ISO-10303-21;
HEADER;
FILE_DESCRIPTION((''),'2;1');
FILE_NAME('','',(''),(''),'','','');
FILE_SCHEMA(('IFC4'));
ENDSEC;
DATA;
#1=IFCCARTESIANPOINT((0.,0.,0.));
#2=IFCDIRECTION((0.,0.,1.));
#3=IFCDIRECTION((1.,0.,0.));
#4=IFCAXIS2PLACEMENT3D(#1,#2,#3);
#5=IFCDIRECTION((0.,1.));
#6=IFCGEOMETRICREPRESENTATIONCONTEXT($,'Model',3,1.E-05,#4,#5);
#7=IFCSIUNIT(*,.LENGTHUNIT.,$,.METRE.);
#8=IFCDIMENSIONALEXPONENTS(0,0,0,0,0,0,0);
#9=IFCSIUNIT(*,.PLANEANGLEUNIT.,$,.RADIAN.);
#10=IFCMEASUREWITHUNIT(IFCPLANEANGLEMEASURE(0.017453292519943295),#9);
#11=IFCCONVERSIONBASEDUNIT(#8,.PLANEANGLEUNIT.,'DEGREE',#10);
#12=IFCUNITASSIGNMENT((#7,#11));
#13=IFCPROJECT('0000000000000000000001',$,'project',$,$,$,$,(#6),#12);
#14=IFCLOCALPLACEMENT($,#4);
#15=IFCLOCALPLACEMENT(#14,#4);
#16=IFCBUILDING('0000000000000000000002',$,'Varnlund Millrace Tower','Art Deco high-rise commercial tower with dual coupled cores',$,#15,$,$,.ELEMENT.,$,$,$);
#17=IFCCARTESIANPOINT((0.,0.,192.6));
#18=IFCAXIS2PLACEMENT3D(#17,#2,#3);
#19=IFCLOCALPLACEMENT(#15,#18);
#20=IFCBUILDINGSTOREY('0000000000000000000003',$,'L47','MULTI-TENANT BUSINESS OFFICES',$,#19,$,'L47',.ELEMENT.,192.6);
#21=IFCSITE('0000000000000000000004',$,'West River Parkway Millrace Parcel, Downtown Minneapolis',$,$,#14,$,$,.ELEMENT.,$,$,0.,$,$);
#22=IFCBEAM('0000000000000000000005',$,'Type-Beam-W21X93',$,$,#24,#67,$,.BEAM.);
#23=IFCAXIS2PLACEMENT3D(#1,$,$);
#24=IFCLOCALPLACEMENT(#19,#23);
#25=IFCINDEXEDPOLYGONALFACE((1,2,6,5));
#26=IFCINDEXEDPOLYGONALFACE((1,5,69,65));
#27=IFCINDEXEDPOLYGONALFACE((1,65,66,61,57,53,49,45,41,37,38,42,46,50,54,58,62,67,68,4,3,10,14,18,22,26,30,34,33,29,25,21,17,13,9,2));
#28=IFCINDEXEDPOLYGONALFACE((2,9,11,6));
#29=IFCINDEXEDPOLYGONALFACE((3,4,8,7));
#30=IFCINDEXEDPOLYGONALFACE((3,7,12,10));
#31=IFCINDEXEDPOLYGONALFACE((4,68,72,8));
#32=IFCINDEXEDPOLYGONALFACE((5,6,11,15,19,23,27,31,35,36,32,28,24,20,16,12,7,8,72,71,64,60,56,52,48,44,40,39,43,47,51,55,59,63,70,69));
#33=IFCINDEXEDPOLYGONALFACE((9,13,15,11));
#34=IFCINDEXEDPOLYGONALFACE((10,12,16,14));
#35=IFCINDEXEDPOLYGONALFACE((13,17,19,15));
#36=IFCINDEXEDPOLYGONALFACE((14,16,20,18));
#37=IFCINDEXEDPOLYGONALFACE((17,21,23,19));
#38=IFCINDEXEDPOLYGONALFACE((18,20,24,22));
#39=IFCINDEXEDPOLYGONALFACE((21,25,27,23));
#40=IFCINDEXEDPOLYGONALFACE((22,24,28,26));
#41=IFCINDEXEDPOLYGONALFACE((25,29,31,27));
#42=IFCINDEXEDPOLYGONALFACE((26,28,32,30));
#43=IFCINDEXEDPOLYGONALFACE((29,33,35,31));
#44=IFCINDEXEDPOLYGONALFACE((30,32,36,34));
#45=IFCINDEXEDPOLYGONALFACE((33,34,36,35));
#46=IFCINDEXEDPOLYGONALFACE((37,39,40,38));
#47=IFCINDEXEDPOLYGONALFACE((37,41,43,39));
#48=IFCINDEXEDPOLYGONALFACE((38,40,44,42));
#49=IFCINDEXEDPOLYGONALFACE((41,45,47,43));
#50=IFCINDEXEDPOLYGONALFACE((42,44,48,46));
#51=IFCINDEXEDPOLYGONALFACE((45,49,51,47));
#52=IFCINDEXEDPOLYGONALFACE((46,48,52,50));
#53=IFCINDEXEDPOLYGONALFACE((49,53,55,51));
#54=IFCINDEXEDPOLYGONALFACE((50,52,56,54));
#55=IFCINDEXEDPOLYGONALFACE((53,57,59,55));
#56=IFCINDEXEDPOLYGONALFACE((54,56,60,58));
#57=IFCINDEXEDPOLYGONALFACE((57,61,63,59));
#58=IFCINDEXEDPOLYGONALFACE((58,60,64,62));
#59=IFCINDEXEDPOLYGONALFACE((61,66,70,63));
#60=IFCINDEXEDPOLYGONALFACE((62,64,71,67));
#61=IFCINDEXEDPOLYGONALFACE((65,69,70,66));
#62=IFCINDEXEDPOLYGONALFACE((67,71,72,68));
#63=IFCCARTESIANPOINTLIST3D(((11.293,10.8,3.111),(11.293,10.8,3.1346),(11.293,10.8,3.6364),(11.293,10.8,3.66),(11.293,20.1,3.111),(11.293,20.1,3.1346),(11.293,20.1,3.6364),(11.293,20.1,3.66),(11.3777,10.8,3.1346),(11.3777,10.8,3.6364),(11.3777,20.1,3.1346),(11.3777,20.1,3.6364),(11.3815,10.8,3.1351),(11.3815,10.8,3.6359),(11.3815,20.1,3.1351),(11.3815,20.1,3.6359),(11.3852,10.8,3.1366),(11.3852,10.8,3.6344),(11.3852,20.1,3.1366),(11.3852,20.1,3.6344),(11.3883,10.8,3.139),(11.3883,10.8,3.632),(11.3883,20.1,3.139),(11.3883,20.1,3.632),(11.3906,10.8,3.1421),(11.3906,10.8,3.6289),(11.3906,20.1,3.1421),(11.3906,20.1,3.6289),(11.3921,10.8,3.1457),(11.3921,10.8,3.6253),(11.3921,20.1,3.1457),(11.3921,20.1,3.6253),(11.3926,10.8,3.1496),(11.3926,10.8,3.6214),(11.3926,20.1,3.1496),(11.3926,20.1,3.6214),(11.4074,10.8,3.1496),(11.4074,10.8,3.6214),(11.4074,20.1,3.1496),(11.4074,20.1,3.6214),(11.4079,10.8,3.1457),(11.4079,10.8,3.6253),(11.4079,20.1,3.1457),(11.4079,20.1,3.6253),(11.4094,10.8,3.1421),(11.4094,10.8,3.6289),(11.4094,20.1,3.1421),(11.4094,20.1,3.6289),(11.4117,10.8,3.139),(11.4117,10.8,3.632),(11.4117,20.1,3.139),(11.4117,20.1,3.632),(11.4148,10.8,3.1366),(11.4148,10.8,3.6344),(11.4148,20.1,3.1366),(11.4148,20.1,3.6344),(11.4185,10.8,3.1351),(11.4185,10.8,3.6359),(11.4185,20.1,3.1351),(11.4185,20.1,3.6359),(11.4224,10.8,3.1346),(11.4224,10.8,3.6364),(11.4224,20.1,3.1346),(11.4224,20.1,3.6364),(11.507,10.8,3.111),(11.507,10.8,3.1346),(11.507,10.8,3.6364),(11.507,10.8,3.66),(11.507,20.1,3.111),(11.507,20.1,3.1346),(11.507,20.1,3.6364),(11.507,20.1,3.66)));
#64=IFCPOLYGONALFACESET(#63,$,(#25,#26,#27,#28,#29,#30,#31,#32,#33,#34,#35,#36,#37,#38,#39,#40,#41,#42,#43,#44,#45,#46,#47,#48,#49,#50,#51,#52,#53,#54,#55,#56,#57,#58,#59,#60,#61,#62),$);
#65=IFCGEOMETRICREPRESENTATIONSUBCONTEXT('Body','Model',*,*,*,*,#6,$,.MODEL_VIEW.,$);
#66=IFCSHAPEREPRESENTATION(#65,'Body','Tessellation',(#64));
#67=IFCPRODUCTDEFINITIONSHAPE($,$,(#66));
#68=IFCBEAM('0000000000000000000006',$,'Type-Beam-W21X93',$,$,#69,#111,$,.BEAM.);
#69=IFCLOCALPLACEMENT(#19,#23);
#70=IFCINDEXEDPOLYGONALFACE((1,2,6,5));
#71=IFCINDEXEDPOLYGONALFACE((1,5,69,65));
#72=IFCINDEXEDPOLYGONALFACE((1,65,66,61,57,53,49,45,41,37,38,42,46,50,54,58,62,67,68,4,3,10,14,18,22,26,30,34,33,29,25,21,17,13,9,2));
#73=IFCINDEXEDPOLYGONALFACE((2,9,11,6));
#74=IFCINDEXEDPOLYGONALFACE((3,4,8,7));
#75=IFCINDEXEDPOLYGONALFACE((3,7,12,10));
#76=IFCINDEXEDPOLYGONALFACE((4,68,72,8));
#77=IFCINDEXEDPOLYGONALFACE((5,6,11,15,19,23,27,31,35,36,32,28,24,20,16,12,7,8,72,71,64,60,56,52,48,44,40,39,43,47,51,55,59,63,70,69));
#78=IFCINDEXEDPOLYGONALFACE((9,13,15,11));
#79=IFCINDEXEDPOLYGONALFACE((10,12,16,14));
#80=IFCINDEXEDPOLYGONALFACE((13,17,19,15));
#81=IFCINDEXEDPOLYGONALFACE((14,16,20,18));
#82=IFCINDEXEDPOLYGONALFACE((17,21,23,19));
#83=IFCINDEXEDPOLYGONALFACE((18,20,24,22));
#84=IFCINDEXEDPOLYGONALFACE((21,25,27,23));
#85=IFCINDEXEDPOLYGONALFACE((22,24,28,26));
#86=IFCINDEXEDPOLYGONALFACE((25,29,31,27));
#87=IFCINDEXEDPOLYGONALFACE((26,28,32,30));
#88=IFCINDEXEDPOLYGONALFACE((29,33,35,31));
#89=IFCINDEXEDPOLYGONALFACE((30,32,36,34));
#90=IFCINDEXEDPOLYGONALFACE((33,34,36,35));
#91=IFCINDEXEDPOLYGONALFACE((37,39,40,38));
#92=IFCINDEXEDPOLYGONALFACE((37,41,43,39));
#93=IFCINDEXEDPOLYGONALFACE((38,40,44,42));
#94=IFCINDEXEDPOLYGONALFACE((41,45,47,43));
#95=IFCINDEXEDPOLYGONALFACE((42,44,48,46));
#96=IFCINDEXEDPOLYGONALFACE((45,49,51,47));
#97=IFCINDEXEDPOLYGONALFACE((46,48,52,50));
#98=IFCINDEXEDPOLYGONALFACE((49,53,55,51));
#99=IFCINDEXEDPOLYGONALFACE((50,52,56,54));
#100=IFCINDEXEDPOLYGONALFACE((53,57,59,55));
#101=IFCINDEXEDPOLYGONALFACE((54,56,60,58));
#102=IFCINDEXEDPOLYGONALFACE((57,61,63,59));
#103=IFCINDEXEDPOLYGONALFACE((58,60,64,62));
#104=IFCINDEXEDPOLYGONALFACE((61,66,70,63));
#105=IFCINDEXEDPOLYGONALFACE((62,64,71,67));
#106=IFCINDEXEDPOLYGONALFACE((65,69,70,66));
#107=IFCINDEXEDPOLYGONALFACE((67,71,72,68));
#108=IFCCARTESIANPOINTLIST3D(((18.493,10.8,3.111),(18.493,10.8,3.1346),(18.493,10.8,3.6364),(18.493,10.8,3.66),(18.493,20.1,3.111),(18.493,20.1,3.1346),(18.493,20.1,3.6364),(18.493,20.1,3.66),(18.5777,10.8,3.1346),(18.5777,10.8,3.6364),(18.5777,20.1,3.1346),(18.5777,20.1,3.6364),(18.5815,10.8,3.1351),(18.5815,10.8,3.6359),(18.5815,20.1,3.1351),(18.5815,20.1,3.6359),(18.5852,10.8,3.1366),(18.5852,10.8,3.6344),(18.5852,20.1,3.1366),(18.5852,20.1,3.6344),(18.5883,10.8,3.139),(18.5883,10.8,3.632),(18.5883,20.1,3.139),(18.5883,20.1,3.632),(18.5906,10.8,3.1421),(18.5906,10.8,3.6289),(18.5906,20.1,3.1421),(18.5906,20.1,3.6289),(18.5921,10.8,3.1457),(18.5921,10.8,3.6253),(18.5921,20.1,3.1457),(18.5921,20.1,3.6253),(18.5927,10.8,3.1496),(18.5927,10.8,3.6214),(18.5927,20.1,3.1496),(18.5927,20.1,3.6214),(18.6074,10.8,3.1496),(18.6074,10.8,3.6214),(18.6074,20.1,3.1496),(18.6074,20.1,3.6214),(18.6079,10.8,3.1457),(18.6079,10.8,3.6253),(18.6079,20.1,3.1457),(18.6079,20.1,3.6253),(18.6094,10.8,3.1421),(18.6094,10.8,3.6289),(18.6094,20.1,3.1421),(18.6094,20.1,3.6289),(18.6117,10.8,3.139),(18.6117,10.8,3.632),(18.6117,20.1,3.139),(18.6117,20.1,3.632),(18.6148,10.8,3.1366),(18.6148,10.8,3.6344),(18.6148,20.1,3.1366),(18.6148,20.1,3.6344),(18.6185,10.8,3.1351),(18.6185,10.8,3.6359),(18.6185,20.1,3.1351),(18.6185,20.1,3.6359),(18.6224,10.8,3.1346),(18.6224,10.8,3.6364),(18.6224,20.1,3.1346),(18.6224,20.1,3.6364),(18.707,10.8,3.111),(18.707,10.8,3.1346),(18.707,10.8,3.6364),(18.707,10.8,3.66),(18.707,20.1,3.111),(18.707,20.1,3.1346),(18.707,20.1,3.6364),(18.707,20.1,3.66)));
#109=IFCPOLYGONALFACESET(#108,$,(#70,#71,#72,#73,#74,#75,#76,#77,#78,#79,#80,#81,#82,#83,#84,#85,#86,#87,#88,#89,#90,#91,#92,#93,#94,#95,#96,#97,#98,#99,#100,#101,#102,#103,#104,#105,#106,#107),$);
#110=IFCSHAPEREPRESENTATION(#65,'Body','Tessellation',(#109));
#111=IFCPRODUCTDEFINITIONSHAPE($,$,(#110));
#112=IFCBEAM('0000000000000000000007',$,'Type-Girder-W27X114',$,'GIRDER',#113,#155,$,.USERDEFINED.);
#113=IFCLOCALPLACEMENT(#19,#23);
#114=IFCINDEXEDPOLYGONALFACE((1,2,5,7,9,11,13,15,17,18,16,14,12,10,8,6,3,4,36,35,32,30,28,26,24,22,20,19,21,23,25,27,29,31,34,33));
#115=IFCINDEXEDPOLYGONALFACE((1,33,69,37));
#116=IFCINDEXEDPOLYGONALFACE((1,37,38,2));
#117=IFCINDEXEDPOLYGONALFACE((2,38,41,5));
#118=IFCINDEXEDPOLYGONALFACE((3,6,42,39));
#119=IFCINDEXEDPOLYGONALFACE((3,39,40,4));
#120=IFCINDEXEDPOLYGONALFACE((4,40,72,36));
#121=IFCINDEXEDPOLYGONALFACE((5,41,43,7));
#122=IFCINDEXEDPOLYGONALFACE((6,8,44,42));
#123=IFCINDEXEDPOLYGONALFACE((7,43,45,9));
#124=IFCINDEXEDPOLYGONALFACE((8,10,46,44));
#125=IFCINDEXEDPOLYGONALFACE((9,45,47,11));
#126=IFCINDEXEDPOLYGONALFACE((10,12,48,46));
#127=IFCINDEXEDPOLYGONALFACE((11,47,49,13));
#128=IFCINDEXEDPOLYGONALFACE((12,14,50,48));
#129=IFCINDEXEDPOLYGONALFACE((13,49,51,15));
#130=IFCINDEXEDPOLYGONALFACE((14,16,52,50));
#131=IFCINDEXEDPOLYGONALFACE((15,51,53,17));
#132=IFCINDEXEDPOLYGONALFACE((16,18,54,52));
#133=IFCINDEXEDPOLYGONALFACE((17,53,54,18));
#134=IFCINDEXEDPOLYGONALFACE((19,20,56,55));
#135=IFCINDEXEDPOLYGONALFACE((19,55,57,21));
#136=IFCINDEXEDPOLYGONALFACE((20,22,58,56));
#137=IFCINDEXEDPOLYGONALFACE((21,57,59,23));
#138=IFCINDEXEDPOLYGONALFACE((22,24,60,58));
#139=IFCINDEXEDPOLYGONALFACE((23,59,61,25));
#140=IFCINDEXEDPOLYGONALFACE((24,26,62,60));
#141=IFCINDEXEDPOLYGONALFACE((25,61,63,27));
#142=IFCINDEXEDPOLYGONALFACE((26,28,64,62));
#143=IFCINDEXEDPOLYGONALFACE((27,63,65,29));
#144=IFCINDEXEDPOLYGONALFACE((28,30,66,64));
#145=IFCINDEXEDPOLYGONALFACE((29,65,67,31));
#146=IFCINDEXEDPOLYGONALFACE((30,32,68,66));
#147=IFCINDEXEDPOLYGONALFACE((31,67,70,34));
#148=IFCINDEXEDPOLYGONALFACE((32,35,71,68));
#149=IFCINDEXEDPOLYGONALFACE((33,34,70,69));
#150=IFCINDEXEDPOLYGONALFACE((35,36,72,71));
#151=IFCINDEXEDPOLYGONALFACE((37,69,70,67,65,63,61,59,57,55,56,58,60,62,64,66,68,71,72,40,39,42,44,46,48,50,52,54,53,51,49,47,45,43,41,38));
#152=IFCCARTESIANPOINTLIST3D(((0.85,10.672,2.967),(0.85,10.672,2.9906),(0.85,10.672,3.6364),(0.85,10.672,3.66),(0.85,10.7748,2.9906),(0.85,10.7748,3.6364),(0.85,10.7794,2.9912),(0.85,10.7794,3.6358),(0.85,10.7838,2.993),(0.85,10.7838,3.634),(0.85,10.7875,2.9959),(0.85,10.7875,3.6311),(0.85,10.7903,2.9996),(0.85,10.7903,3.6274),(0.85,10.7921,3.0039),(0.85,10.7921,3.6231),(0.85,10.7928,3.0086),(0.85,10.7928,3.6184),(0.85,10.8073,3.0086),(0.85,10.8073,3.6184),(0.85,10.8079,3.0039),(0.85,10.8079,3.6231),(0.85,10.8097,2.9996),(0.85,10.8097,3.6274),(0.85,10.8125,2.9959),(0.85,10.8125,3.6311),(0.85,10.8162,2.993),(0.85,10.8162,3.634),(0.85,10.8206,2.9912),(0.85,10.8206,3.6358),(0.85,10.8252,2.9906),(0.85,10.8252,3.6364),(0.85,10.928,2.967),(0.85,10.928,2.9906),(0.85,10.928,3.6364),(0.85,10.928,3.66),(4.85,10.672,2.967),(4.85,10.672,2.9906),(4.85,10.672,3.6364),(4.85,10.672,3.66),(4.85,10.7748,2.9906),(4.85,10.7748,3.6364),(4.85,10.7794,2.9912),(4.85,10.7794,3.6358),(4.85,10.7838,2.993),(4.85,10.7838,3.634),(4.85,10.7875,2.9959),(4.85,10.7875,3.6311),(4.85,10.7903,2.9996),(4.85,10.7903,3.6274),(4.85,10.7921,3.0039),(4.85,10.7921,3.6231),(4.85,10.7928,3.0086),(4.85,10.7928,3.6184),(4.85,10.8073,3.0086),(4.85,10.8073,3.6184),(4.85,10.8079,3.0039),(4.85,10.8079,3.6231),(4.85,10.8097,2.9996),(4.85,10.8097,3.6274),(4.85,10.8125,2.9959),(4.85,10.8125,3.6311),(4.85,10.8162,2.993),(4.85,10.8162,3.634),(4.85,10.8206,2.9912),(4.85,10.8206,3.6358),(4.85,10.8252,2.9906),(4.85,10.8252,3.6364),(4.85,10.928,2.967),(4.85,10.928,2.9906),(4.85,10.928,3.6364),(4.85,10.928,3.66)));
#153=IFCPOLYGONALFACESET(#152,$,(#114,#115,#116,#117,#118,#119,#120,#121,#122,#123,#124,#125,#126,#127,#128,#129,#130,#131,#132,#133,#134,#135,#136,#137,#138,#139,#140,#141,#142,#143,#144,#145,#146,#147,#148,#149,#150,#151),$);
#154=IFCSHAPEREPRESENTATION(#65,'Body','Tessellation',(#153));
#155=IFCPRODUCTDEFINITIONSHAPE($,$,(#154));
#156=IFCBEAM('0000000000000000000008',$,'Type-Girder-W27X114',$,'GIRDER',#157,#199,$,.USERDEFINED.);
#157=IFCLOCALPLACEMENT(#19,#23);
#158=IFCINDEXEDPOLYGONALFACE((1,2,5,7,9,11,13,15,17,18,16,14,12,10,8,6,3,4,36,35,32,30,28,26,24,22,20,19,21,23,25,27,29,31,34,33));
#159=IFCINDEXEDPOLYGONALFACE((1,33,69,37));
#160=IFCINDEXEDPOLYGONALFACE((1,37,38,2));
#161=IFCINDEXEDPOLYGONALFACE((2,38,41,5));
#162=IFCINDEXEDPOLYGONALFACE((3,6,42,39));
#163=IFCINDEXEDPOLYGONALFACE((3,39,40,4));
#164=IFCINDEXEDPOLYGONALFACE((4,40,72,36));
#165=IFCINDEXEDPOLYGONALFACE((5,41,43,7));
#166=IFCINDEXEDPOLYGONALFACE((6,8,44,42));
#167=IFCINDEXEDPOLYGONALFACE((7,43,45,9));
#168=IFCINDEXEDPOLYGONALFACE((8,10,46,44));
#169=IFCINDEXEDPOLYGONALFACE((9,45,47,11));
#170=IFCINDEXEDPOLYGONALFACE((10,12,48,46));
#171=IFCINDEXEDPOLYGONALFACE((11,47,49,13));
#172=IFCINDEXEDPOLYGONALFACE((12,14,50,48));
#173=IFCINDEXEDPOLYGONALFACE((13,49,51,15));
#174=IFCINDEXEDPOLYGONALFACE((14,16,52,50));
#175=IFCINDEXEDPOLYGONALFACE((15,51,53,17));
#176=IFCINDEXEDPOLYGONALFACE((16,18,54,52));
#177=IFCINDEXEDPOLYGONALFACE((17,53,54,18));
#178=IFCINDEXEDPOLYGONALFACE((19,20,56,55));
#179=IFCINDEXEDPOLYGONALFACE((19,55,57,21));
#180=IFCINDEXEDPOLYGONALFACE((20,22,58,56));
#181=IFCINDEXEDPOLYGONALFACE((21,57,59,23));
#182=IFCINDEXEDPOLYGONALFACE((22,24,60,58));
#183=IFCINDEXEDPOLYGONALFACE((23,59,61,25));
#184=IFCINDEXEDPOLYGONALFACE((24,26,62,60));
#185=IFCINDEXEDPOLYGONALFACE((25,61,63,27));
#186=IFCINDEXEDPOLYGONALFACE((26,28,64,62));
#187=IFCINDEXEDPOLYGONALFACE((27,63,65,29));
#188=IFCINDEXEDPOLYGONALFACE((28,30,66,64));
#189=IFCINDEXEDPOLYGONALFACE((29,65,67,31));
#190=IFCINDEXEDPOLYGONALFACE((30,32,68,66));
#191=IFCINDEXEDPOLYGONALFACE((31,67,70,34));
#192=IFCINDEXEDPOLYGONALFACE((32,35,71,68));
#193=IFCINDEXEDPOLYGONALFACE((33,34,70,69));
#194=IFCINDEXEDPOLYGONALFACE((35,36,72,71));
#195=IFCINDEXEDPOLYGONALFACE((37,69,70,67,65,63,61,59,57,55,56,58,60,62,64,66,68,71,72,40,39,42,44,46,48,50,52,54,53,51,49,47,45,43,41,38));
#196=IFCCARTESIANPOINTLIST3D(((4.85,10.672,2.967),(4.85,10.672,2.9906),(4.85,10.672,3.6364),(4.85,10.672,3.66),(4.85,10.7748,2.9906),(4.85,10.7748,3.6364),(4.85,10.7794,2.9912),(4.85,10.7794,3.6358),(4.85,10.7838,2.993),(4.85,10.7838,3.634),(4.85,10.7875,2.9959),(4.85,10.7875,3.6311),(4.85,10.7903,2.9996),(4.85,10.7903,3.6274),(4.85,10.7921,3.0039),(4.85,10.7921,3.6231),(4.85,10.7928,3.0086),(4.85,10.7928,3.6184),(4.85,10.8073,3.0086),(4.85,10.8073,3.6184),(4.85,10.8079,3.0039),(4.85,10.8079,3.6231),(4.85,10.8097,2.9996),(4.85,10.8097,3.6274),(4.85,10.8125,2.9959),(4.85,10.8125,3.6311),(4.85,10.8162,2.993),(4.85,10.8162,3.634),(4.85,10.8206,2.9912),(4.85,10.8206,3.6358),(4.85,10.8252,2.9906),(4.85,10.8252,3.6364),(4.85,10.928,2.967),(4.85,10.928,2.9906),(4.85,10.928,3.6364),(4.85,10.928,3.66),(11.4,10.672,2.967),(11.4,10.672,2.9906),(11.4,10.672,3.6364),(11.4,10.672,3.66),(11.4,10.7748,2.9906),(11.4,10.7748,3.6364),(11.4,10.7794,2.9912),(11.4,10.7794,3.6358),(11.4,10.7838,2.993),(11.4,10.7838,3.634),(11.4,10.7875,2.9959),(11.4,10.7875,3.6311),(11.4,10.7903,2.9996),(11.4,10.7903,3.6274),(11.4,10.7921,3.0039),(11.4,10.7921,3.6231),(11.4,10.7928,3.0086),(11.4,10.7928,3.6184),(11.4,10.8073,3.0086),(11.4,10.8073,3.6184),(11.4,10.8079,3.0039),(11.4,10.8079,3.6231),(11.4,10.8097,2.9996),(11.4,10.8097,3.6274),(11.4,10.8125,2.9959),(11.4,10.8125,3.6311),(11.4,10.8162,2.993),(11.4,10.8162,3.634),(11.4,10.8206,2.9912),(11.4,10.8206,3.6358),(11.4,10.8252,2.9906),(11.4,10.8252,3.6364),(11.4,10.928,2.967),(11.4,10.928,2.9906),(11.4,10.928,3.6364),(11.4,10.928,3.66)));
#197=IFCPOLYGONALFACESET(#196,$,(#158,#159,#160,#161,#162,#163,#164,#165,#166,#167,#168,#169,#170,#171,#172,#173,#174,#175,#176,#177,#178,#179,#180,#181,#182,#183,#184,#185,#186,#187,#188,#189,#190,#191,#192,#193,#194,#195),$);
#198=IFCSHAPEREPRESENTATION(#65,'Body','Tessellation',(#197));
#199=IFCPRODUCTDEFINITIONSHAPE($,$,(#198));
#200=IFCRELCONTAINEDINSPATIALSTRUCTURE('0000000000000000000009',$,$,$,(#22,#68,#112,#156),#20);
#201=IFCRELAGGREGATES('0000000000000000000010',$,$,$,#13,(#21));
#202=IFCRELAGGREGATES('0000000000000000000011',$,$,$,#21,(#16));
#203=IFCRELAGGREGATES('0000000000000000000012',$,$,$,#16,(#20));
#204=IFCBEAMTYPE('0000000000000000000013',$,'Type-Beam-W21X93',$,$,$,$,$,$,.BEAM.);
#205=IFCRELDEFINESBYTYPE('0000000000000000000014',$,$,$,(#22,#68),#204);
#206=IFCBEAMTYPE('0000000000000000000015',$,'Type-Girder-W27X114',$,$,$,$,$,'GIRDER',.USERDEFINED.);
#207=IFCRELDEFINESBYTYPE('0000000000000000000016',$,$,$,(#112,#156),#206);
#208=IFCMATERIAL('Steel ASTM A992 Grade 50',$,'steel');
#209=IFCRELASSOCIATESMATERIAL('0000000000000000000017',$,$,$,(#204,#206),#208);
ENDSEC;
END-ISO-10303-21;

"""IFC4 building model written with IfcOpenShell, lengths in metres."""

from ifc_helpers import new_model, entity, si_unit, converted_unit, direction, frame, origin_with_axes, origin_2d_with_axis, place, context, subcontext, project, spatial, i_section, extrude, material, material_profile, profile_set, type_object, element, save


model = new_model("IFC4")

# Units and contexts
model_context = context("Model", 3, precision=1e-05, world=origin_with_axes(), true_north=direction((0.0, 1.0)))
body_context = subcontext(model_context, "Body", "Model", "MODEL_VIEW")
ifc_project = project(units=[si_unit("LENGTHUNIT", "METRE"), converted_unit("PLANEANGLEUNIT", "DEGREE", entity("IfcPlaneAngleMeasure", 0.017453292519943295), si_unit("PLANEANGLEUNIT", "RADIAN"), dimensions=[0, 0, 0, 0, 0, 0, 0])], contexts=[model_context])

# Site, building, storey
site_placement = place(None, origin_with_axes())
site = spatial("IfcSite", under=ifc_project, at=site_placement, Name="West River Parkway Millrace Parcel, Downtown Minneapolis", CompositionType="ELEMENT", RefElevation=0.0)
building_placement = place(site_placement, origin_with_axes())
building = spatial("IfcBuilding", under=site, at=building_placement, Name="Varnlund Millrace Tower", Description="Art Deco high-rise commercial tower with dual coupled cores", CompositionType="ELEMENT")
storey_placement = place(building_placement, frame((0.0, 0.0, 192.6), z_axis=(0.0, 0.0, 1.0), x_axis=(1.0, 0.0, 0.0)))
storey = spatial("IfcBuildingStorey", under=building, at=storey_placement, Name="L47", Description="MULTI-TENANT BUSINESS OFFICES", LongName="L47", CompositionType="ELEMENT", Elevation=192.6)

# Beams
ifc_material_1 = material(Name="Steel ASTM A992 Grade 50", Category="steel")
ifc_material_profile_1 = material_profile(ifc_material_1, i_section(OverallWidth=0.214, OverallDepth=0.549, WebThickness=0.0147, FlangeThickness=0.0236, FilletRadius=0.015, at=origin_2d_with_axis()), Name="Steel ASTM A992 Grade 50")
ifc_profile_set_1 = profile_set([ifc_material_profile_1], Name="Steel ASTM A992 Grade 50")
beam_type_1 = type_object("IfcBeamType", Name="Type-Beam-W21X93", PredefinedType="BEAM", material=ifc_profile_set_1)
for number, where, z_axis, x_axis, name in (
    (1, (11.4, 10.8, 3.3855), (0.0, 1.0, 0.0), (-1.0, 0.0, 0.0), "Type-Beam-W21X93"),
    (2, (18.6, 10.8, 3.3855), (0.0, 1.0, 0.0), (-1.0, 0.0, 0.0), "Type-Beam-W21X93"),
):
    element("IfcBeam", number, at=place(storey_placement, frame(where, z_axis=z_axis, x_axis=x_axis)), inside=storey, type_object=beam_type_1, Name=name, PredefinedType="BEAM", context=body_context, shape_type="SweptSolid", body=[
        extrude(i_section(OverallWidth=0.214, OverallDepth=0.549, WebThickness=0.0147, FlangeThickness=0.0236, FilletRadius=0.015, at=origin_2d_with_axis()), origin_with_axes(), (0.0, 0.0, 1.0), 9.3),
    ])
ifc_material_profile_2 = material_profile(ifc_material_1, i_section(OverallWidth=0.256, OverallDepth=0.693, WebThickness=0.0145, FlangeThickness=0.0236, FilletRadius=0.018, at=origin_2d_with_axis()), Name="Steel ASTM A992 Grade 50")
ifc_profile_set_2 = profile_set([ifc_material_profile_2], Name="Steel ASTM A992 Grade 50")
beam_type_2 = type_object("IfcBeamType", Name="Type-Girder-W27X114", ElementType="GIRDER", PredefinedType="USERDEFINED", material=ifc_profile_set_2)
beam_1_placement = place(storey_placement, frame((0.85, 10.8, 3.3135), z_axis=(1.0, 0.0, 0.0), x_axis=(0.0, 1.0, 0.0)))
element("IfcBeam", 3, at=beam_1_placement, inside=storey, type_object=beam_type_2, Name="Type-Girder-W27X114", ObjectType="GIRDER", PredefinedType="USERDEFINED", context=body_context, shape_type="SweptSolid", body=[
    extrude(i_section(OverallWidth=0.256, OverallDepth=0.693, WebThickness=0.0145, FlangeThickness=0.0236, FilletRadius=0.018, at=origin_2d_with_axis()), origin_with_axes(), (0.0, 0.0, 1.0), 4.0),
])
beam_2_placement = place(storey_placement, frame((4.85, 10.8, 3.3135), z_axis=(1.0, 0.0, 0.0), x_axis=(0.0, 1.0, 0.0)))
element("IfcBeam", 4, at=beam_2_placement, inside=storey, type_object=beam_type_2, Name="Type-Girder-W27X114", ObjectType="GIRDER", PredefinedType="USERDEFINED", context=body_context, shape_type="SweptSolid", body=[
    extrude(i_section(OverallWidth=0.256, OverallDepth=0.693, WebThickness=0.0145, FlangeThickness=0.0236, FilletRadius=0.018, at=origin_2d_with_axis()), origin_with_axes(), (0.0, 0.0, 1.0), 6.55),
])

save(model, "model.ifc")
